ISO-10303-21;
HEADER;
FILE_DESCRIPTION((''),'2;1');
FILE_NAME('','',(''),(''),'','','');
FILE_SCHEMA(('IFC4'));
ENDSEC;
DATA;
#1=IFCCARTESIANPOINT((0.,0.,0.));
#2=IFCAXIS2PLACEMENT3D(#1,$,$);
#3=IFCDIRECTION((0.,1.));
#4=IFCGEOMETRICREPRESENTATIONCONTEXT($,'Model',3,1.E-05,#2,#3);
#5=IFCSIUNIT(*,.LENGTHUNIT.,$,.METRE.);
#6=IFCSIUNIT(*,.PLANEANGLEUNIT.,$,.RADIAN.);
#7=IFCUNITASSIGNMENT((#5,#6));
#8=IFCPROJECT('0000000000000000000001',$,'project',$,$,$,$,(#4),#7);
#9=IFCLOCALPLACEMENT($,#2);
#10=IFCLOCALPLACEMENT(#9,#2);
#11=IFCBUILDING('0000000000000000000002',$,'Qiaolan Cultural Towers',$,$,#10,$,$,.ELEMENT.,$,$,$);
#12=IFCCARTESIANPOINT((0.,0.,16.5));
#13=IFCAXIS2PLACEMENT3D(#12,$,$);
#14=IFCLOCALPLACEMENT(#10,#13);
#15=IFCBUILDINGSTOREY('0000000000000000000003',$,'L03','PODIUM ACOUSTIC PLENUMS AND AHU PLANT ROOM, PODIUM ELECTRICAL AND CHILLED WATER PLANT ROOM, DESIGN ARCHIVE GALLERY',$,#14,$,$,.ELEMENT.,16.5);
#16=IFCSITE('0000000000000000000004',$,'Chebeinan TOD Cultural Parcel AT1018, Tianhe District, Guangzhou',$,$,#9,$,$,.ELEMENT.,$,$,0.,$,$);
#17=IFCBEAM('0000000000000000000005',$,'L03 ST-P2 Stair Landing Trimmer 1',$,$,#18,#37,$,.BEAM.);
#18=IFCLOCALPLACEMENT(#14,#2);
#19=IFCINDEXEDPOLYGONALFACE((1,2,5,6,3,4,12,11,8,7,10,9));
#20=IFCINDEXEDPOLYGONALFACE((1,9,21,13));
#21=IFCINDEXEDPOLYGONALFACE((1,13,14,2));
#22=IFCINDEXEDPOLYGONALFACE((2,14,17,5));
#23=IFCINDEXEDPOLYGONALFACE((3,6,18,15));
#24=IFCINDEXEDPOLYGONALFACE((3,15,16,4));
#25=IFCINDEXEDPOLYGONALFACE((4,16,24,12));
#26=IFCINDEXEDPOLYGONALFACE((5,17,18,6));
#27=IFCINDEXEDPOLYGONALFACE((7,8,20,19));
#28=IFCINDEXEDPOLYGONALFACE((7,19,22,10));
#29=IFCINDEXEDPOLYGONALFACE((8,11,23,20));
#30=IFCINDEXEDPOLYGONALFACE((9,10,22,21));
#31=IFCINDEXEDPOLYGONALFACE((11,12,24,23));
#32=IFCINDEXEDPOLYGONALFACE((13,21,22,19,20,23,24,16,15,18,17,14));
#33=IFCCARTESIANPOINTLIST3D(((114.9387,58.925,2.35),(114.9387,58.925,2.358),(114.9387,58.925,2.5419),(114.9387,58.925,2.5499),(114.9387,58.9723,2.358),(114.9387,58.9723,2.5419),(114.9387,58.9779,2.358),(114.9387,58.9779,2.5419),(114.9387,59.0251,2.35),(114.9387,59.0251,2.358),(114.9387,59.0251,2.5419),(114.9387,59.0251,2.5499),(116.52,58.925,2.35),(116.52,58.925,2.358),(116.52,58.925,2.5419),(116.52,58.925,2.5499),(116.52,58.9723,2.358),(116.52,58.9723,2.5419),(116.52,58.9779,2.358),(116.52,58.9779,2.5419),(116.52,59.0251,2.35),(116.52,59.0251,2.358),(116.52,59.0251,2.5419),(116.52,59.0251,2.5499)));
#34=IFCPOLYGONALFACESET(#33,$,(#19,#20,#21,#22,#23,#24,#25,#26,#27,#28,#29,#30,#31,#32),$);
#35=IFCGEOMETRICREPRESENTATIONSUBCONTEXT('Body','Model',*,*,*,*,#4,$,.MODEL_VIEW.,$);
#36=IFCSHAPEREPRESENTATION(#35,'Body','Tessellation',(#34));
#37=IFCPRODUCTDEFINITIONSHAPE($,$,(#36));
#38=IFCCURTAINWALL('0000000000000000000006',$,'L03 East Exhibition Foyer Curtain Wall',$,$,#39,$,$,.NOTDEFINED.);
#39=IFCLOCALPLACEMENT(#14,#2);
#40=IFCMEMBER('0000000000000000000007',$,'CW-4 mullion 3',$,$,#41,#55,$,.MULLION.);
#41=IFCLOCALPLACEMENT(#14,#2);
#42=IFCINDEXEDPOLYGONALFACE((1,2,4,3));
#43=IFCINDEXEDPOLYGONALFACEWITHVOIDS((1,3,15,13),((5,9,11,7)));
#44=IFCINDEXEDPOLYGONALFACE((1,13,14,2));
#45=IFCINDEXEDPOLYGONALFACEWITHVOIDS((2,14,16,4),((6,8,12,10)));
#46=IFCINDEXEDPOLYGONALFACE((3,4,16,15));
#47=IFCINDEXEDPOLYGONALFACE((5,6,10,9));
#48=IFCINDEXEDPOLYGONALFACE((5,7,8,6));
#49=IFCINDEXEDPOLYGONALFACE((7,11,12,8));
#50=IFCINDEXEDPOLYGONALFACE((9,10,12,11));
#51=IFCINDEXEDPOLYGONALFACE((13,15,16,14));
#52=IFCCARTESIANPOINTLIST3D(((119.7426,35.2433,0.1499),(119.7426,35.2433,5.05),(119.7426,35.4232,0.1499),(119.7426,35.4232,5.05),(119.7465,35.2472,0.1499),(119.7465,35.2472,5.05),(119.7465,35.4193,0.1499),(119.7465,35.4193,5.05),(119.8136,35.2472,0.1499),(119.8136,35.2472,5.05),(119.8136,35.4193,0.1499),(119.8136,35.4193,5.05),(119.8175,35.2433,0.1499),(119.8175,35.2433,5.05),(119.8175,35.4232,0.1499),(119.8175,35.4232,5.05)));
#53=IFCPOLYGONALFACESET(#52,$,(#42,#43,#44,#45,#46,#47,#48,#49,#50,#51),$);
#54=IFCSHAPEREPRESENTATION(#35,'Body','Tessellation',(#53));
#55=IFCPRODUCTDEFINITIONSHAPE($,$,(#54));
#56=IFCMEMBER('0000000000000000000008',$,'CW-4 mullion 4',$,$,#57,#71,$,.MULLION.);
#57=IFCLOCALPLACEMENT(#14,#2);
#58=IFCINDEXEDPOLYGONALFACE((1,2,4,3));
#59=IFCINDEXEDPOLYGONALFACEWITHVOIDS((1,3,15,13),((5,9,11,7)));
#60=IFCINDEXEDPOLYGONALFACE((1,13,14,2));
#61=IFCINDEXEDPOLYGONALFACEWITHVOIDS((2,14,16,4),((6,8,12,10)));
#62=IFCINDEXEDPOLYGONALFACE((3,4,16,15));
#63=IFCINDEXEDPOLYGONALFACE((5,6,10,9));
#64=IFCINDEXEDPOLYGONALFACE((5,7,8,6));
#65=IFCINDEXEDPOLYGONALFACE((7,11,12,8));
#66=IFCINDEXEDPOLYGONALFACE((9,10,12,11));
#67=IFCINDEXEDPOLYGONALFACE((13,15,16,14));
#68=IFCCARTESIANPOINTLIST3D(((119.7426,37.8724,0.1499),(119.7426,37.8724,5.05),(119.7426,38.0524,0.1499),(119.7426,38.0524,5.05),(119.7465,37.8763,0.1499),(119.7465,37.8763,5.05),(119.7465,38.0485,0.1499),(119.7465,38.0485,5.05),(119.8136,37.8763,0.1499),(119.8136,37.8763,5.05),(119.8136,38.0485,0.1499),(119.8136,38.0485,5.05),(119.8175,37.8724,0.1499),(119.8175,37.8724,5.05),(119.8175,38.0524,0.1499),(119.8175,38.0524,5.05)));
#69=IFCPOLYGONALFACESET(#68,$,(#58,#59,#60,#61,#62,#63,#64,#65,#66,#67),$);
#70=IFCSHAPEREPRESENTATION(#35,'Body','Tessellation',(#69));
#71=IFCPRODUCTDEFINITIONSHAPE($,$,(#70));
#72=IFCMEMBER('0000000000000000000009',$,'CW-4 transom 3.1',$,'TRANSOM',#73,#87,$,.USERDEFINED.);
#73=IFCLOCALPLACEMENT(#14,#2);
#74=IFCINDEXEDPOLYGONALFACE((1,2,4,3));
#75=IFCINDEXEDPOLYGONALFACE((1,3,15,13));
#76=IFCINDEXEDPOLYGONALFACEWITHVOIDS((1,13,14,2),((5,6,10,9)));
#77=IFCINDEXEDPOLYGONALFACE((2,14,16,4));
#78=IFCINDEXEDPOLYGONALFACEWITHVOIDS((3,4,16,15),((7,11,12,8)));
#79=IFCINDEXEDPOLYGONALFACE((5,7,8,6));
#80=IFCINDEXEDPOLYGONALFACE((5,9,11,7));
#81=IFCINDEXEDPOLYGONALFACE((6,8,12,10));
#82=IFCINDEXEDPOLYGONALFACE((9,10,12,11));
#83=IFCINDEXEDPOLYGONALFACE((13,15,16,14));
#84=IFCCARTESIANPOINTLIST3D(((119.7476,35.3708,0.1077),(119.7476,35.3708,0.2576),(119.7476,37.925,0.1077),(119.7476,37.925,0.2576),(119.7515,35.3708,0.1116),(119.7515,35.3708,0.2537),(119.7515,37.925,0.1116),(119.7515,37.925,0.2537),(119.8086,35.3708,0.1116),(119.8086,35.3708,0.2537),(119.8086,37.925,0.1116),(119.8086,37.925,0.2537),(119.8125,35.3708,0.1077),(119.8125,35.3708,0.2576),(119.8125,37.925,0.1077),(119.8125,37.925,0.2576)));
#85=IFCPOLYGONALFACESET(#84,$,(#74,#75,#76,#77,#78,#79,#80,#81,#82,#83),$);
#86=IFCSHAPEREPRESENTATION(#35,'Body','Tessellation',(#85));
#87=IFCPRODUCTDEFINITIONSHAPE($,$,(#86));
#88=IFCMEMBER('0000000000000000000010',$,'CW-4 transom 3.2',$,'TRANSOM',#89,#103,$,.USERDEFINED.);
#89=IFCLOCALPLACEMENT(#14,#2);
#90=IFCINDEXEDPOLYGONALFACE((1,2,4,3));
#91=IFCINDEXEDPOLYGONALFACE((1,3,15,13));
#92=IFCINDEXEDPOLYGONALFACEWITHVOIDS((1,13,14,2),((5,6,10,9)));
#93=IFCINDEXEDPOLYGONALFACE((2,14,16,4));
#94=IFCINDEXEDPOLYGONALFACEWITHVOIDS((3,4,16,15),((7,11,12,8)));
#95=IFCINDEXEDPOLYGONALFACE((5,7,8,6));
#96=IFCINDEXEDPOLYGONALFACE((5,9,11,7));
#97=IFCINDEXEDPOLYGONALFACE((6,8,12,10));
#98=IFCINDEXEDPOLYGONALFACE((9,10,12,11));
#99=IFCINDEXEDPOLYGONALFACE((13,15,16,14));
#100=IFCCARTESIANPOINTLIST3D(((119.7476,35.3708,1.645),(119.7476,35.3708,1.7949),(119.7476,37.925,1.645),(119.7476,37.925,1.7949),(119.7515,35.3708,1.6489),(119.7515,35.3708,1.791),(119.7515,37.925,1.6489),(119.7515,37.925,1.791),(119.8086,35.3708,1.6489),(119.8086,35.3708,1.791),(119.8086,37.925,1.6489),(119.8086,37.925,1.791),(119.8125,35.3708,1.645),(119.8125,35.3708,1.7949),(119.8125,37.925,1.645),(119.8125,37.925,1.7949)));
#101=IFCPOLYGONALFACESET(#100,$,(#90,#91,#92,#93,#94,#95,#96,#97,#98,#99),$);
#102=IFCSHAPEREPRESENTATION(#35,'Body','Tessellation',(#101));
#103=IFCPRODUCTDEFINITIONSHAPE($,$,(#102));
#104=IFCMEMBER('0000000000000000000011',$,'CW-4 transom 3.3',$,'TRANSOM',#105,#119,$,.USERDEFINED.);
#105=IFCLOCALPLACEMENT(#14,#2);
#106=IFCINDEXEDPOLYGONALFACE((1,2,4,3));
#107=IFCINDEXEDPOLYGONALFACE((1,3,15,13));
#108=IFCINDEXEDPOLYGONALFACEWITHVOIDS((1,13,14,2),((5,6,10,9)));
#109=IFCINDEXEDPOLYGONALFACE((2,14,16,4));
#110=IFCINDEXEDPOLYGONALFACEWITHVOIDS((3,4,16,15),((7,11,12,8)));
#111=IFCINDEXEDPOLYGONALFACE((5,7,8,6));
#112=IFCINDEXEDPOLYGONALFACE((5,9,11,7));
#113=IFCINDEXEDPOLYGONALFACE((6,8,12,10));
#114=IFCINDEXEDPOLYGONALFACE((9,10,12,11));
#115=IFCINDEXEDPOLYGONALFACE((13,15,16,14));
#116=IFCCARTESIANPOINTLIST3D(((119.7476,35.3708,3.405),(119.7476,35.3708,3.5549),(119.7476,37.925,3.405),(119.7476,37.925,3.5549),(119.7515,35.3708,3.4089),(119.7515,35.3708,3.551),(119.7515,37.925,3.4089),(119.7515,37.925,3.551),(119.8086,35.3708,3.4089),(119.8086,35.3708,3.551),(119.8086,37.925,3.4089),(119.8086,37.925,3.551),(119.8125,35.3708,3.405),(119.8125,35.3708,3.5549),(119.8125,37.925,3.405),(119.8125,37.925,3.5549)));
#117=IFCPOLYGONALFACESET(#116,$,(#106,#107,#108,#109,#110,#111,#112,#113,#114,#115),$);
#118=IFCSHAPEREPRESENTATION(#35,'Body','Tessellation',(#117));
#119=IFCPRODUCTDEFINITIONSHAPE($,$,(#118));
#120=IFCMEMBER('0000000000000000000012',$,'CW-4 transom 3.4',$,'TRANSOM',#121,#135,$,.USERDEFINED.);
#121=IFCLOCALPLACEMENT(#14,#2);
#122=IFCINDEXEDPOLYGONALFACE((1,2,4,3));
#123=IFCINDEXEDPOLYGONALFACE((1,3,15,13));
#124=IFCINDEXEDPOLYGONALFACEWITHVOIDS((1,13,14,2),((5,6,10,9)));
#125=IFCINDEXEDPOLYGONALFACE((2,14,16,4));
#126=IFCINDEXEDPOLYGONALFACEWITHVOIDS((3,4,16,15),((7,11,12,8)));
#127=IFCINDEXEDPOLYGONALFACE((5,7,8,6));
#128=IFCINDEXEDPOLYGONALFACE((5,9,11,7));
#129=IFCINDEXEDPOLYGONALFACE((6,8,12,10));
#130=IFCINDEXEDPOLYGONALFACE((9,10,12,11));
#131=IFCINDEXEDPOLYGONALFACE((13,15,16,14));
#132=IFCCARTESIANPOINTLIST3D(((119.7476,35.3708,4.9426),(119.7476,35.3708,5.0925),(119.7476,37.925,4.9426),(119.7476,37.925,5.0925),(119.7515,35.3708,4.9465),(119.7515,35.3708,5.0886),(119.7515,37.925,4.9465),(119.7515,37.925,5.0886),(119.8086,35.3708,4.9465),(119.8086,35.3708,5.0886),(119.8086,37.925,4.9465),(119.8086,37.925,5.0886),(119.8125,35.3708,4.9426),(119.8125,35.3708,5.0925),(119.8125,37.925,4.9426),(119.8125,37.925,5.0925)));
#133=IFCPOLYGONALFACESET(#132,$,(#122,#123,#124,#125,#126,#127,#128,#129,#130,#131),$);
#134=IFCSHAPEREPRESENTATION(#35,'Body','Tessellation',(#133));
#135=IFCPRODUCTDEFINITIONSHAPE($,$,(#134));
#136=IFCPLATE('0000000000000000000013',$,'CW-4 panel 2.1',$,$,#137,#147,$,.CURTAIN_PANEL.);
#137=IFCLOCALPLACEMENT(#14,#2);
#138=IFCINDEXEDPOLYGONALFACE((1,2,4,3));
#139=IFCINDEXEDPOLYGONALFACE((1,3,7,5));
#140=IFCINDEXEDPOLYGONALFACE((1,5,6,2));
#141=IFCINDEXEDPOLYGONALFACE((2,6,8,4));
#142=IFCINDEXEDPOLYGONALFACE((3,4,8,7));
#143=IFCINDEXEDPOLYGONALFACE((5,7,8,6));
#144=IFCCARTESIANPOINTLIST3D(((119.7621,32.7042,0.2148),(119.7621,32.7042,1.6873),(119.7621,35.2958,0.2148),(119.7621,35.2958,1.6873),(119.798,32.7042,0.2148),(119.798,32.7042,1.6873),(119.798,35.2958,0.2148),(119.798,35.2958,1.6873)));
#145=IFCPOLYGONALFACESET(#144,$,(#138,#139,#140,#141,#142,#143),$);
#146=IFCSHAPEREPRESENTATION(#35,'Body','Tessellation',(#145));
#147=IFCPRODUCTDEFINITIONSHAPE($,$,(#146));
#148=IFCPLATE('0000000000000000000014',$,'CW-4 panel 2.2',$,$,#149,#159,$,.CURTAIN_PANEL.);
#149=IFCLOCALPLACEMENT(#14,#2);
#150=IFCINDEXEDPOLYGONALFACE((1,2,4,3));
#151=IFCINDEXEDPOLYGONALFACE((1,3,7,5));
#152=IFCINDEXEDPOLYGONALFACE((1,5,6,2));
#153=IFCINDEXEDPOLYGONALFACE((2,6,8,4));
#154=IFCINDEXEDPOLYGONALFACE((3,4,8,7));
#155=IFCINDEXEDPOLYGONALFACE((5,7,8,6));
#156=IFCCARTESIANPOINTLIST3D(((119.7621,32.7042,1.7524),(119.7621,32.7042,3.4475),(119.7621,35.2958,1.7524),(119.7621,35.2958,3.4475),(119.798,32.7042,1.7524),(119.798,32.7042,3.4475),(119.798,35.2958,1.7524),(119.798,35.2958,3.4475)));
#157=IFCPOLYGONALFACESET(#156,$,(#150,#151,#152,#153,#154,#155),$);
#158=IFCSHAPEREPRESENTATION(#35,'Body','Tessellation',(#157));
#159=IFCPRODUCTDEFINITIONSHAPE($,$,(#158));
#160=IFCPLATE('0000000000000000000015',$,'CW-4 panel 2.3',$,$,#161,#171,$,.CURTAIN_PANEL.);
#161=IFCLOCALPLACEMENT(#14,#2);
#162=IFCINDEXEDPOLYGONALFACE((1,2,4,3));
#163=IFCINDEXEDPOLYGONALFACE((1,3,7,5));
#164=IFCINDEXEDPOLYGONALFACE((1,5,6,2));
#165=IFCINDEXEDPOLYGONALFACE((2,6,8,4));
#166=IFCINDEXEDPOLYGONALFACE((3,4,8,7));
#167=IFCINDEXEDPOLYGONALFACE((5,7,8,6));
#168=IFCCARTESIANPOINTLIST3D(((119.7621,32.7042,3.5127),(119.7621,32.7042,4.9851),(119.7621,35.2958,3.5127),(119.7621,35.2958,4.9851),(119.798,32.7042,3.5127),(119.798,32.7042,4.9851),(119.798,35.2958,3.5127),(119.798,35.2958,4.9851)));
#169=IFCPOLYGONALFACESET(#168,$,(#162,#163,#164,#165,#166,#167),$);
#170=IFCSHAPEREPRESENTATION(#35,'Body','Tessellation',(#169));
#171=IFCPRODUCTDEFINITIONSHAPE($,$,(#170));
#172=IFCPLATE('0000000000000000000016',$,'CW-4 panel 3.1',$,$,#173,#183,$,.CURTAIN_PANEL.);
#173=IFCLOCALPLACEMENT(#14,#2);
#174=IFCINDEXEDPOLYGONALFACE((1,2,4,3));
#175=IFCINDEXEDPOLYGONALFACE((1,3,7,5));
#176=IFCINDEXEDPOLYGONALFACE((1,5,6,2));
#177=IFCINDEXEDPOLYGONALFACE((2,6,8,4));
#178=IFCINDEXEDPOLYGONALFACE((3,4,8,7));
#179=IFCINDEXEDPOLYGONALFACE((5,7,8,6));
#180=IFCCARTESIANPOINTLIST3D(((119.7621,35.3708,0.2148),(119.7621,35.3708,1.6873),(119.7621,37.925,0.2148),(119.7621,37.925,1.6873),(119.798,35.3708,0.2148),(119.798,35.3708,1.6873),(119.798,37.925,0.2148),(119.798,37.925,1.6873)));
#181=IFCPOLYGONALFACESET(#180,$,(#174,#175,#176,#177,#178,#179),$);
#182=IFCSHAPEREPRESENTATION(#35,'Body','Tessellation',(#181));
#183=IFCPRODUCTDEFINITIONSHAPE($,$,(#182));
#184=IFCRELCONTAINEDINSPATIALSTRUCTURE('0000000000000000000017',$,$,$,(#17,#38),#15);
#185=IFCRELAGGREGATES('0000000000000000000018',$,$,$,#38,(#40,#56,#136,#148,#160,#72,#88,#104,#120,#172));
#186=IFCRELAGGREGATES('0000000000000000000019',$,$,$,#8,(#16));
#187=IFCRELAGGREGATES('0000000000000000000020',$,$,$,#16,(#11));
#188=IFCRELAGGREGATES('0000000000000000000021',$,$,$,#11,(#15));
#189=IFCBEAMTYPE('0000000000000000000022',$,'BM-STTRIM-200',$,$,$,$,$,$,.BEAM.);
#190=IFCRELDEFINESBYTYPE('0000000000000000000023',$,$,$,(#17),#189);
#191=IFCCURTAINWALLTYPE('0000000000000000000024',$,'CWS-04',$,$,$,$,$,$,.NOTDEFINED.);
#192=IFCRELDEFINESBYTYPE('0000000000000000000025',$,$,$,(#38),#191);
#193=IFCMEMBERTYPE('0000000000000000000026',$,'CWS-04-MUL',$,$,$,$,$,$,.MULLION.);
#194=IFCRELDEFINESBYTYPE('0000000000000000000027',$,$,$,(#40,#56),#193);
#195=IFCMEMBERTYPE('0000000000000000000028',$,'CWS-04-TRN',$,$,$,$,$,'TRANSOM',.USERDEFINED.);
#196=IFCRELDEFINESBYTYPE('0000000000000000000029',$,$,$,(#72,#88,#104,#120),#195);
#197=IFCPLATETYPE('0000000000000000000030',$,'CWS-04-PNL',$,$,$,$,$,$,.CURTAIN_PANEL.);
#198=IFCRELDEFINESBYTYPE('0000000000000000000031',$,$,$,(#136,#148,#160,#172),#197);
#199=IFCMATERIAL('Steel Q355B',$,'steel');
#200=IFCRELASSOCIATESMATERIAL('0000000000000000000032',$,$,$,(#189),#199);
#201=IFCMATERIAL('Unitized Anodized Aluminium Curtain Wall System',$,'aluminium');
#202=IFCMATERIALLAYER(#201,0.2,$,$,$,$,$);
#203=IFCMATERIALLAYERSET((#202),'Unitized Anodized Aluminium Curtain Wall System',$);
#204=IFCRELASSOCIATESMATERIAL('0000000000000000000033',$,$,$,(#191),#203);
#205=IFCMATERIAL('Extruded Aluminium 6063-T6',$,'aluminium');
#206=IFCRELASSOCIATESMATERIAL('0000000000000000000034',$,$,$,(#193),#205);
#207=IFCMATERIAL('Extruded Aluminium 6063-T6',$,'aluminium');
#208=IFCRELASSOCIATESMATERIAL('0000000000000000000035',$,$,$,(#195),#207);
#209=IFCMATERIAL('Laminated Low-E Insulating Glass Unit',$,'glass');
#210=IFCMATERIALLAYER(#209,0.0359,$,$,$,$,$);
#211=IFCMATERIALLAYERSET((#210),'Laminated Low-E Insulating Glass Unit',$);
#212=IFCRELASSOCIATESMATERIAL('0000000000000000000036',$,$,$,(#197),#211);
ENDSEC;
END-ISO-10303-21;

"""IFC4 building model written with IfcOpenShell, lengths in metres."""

from ifc_helpers import new_model, si_unit, direction, frame, origin, origin_2d, place, context, subcontext, project, spatial, rectangle, hollow_rectangle, i_section, extrude, material, layer, layer_set, material_profile, profile_set, type_object, element, aggregate, save


model = new_model("IFC4")

# Units and contexts
model_context = context("Model", 3, precision=1e-05, world=origin(), true_north=direction((0.0, 1.0)))
body_context = subcontext(model_context, "Body", "Model", "MODEL_VIEW")
ifc_project = project(units=[si_unit("LENGTHUNIT", "METRE"), si_unit("PLANEANGLEUNIT", "RADIAN")], contexts=[model_context])

# Site, building, storey
site_placement = place(None, origin())
site = spatial("IfcSite", under=ifc_project, at=site_placement, Name="Chebeinan TOD Cultural Parcel AT1018, Tianhe District, Guangzhou", CompositionType="ELEMENT", RefElevation=0.0)
building_placement = place(site_placement, origin())
building = spatial("IfcBuilding", under=site, at=building_placement, Name="Qiaolan Cultural Towers", CompositionType="ELEMENT")
storey_placement = place(building_placement, frame((0.0, 0.0, 16.5)))
storey = spatial("IfcBuildingStorey", under=building, at=storey_placement, Name="L03", Description="PODIUM ACOUSTIC PLENUMS AND AHU PLANT ROOM, PODIUM ELECTRICAL AND CHILLED WATER PLANT ROOM, DESIGN ARCHIVE GALLERY", CompositionType="ELEMENT", Elevation=16.5)

# Beam
ifc_material_1 = material(Name="Steel Q355B", Category="steel")
ifc_material_profile_1 = material_profile(ifc_material_1, i_section(OverallWidth=0.1001, OverallDepth=0.2, WebThickness=0.0056, FlangeThickness=0.0081, at=origin_2d()), Name="HN200x100x5.5x8")
ifc_profile_set_1 = profile_set([ifc_material_profile_1], Name="Steel Q355B")
beam_type_1 = type_object("IfcBeamType", Name="BM-STTRIM-200", PredefinedType="BEAM", material=ifc_profile_set_1)
beam_1_placement = place(storey_placement, frame((114.9387, 58.9751, 2.45), z_axis=(1.0, 0.0, 0.0), x_axis=(0.0, 1.0, 0.0)))
element("IfcBeam", 1, at=beam_1_placement, inside=storey, type_object=beam_type_1, Name="L03 ST-P2 Stair Landing Trimmer 1", PredefinedType="BEAM", context=body_context, shape_type="SweptSolid", body=[
    extrude(i_section(OverallWidth=0.1001, OverallDepth=0.2, WebThickness=0.0056, FlangeThickness=0.0081, at=origin_2d()), origin(), (0.0, 0.0, 1.0), 1.5813),
])

# Curtain wall, members, plates
ifc_material_2 = material(Name="Unitized Anodized Aluminium Curtain Wall System", Category="aluminium")
ifc_layer_1 = layer(ifc_material_2, 0.2)
ifc_layer_set_1 = layer_set([ifc_layer_1], Name="Unitized Anodized Aluminium Curtain Wall System")
curtain_wall_type = type_object("IfcCurtainWallType", Name="CWS-04", PredefinedType="NOTDEFINED", material=ifc_layer_set_1)
curtain_wall_placement = place(storey_placement, origin())
curtain_wall = element("IfcCurtainWall", 2, at=curtain_wall_placement, inside=storey, type_object=curtain_wall_type, Name="L03 East Exhibition Foyer Curtain Wall", PredefinedType="NOTDEFINED")
ifc_material_3 = material(Name="Extruded Aluminium 6063-T6", Category="aluminium")
ifc_material_profile_2 = material_profile(ifc_material_3, hollow_rectangle(XDim=0.075, YDim=0.1799, WallThickness=0.0039, at=origin_2d()), Name="CWM-180x75x4")
ifc_profile_set_2 = profile_set([ifc_material_profile_2], Name="Extruded Aluminium 6063-T6")
member_type_1 = type_object("IfcMemberType", Name="CWS-04-MUL", PredefinedType="MULLION", material=ifc_profile_set_2)
member_1_placement = place(storey_placement, frame((119.78, 35.3333, 0.1499), z_axis=(0.0, 0.0, 1.0), x_axis=(-1.0, 0.0, 0.0)))
member_1 = element("IfcMember", 3, at=member_1_placement, type_object=member_type_1, Name="CW-4 mullion 3", PredefinedType="MULLION", context=body_context, shape_type="SweptSolid", body=[
    extrude(hollow_rectangle(XDim=0.075, YDim=0.1799, WallThickness=0.0039, at=origin_2d()), origin(), (0.0, 0.0, 1.0), 4.9001),
])
member_2_placement = place(storey_placement, frame((119.78, 37.9624, 0.1499), z_axis=(0.0, 0.0, 1.0), x_axis=(-1.0, 0.0, 0.0)))
member_2 = element("IfcMember", 4, at=member_2_placement, type_object=member_type_1, Name="CW-4 mullion 4", PredefinedType="MULLION", context=body_context, shape_type="SweptSolid", body=[
    extrude(hollow_rectangle(XDim=0.075, YDim=0.1799, WallThickness=0.0039, at=origin_2d()), origin(), (0.0, 0.0, 1.0), 4.9001),
])
ifc_material_4 = material(Name="Extruded Aluminium 6063-T6", Category="aluminium")
ifc_material_profile_3 = material_profile(ifc_material_4, hollow_rectangle(XDim=0.0649, YDim=0.1499, WallThickness=0.0039, at=origin_2d()), Name="CWT-150x65x4")
ifc_profile_set_3 = profile_set([ifc_material_profile_3], Name="Extruded Aluminium 6063-T6")
member_type_2 = type_object("IfcMemberType", Name="CWS-04-TRN", ElementType="TRANSOM", PredefinedType="USERDEFINED", material=ifc_profile_set_3)
member_3_placement = place(storey_placement, frame((119.78, 35.3708, 0.1826), z_axis=(0.0, 1.0, 0.0), x_axis=(-1.0, 0.0, 0.0)))
member_3 = element("IfcMember", 5, at=member_3_placement, type_object=member_type_2, Name="CW-4 transom 3.1", ObjectType="TRANSOM", PredefinedType="USERDEFINED", context=body_context, shape_type="SweptSolid", body=[
    extrude(hollow_rectangle(XDim=0.0649, YDim=0.1499, WallThickness=0.0039, at=origin_2d()), origin(), (0.0, 0.0, 1.0), 2.5542),
])
member_4_placement = place(storey_placement, frame((119.78, 35.3708, 1.72), z_axis=(0.0, 1.0, 0.0), x_axis=(-1.0, 0.0, 0.0)))
member_4 = element("IfcMember", 6, at=member_4_placement, type_object=member_type_2, Name="CW-4 transom 3.2", ObjectType="TRANSOM", PredefinedType="USERDEFINED", context=body_context, shape_type="SweptSolid", body=[
    extrude(hollow_rectangle(XDim=0.0649, YDim=0.1499, WallThickness=0.0039, at=origin_2d()), origin(), (0.0, 0.0, 1.0), 2.5542),
])
member_5_placement = place(storey_placement, frame((119.78, 35.3708, 3.48), z_axis=(0.0, 1.0, 0.0), x_axis=(-1.0, 0.0, 0.0)))
member_5 = element("IfcMember", 7, at=member_5_placement, type_object=member_type_2, Name="CW-4 transom 3.3", ObjectType="TRANSOM", PredefinedType="USERDEFINED", context=body_context, shape_type="SweptSolid", body=[
    extrude(hollow_rectangle(XDim=0.0649, YDim=0.1499, WallThickness=0.0039, at=origin_2d()), origin(), (0.0, 0.0, 1.0), 2.5542),
])
member_6_placement = place(storey_placement, frame((119.78, 35.3708, 5.0176), z_axis=(0.0, 1.0, 0.0), x_axis=(-1.0, 0.0, 0.0)))
member_6 = element("IfcMember", 8, at=member_6_placement, type_object=member_type_2, Name="CW-4 transom 3.4", ObjectType="TRANSOM", PredefinedType="USERDEFINED", context=body_context, shape_type="SweptSolid", body=[
    extrude(hollow_rectangle(XDim=0.0649, YDim=0.1499, WallThickness=0.0039, at=origin_2d()), origin(), (0.0, 0.0, 1.0), 2.5542),
])
ifc_material_5 = material(Name="Laminated Low-E Insulating Glass Unit", Category="glass")
ifc_layer_2 = layer(ifc_material_5, 0.0359)
ifc_layer_set_2 = layer_set([ifc_layer_2], Name="Laminated Low-E Insulating Glass Unit")
plate_type = type_object("IfcPlateType", Name="CWS-04-PNL", PredefinedType="CURTAIN_PANEL", material=ifc_layer_set_2)
plate_1_placement = place(storey_placement, frame((119.78, 34.0, 0.2148), z_axis=(0.0, 0.0, 1.0), x_axis=(0.0, 1.0, 0.0)))
plate_1 = element("IfcPlate", 9, at=plate_1_placement, type_object=plate_type, Name="CW-4 panel 2.1", PredefinedType="CURTAIN_PANEL", context=body_context, shape_type="SweptSolid", body=[
    extrude(rectangle(XDim=2.5916, YDim=0.0359, at=origin_2d()), origin(), (0.0, 0.0, 1.0), 1.4724),
])
plate_2_placement = place(storey_placement, frame((119.78, 34.0, 1.7524), z_axis=(0.0, 0.0, 1.0), x_axis=(0.0, 1.0, 0.0)))
plate_2 = element("IfcPlate", 10, at=plate_2_placement, type_object=plate_type, Name="CW-4 panel 2.2", PredefinedType="CURTAIN_PANEL", context=body_context, shape_type="SweptSolid", body=[
    extrude(rectangle(XDim=2.5916, YDim=0.0359, at=origin_2d()), origin(), (0.0, 0.0, 1.0), 1.6951),
])
plate_3_placement = place(storey_placement, frame((119.78, 34.0, 3.5127), z_axis=(0.0, 0.0, 1.0), x_axis=(0.0, 1.0, 0.0)))
plate_3 = element("IfcPlate", 11, at=plate_3_placement, type_object=plate_type, Name="CW-4 panel 2.3", PredefinedType="CURTAIN_PANEL", context=body_context, shape_type="SweptSolid", body=[
    extrude(rectangle(XDim=2.5916, YDim=0.0359, at=origin_2d()), origin(), (0.0, 0.0, 1.0), 1.4724),
])
plate_4_placement = place(storey_placement, frame((119.78, 36.6479, 0.2148), z_axis=(0.0, 0.0, 1.0), x_axis=(0.0, 1.0, 0.0)))
plate_4 = element("IfcPlate", 12, at=plate_4_placement, type_object=plate_type, Name="CW-4 panel 3.1", PredefinedType="CURTAIN_PANEL", context=body_context, shape_type="SweptSolid", body=[
    extrude(rectangle(XDim=2.5542, YDim=0.0359, at=origin_2d()), origin(), (0.0, 0.0, 1.0), 1.4724),
])
aggregate(curtain_wall, [member_1, member_2, plate_1, plate_2, plate_3, member_3, member_4, member_5, member_6, plate_4])

save(model, "model.ifc")
